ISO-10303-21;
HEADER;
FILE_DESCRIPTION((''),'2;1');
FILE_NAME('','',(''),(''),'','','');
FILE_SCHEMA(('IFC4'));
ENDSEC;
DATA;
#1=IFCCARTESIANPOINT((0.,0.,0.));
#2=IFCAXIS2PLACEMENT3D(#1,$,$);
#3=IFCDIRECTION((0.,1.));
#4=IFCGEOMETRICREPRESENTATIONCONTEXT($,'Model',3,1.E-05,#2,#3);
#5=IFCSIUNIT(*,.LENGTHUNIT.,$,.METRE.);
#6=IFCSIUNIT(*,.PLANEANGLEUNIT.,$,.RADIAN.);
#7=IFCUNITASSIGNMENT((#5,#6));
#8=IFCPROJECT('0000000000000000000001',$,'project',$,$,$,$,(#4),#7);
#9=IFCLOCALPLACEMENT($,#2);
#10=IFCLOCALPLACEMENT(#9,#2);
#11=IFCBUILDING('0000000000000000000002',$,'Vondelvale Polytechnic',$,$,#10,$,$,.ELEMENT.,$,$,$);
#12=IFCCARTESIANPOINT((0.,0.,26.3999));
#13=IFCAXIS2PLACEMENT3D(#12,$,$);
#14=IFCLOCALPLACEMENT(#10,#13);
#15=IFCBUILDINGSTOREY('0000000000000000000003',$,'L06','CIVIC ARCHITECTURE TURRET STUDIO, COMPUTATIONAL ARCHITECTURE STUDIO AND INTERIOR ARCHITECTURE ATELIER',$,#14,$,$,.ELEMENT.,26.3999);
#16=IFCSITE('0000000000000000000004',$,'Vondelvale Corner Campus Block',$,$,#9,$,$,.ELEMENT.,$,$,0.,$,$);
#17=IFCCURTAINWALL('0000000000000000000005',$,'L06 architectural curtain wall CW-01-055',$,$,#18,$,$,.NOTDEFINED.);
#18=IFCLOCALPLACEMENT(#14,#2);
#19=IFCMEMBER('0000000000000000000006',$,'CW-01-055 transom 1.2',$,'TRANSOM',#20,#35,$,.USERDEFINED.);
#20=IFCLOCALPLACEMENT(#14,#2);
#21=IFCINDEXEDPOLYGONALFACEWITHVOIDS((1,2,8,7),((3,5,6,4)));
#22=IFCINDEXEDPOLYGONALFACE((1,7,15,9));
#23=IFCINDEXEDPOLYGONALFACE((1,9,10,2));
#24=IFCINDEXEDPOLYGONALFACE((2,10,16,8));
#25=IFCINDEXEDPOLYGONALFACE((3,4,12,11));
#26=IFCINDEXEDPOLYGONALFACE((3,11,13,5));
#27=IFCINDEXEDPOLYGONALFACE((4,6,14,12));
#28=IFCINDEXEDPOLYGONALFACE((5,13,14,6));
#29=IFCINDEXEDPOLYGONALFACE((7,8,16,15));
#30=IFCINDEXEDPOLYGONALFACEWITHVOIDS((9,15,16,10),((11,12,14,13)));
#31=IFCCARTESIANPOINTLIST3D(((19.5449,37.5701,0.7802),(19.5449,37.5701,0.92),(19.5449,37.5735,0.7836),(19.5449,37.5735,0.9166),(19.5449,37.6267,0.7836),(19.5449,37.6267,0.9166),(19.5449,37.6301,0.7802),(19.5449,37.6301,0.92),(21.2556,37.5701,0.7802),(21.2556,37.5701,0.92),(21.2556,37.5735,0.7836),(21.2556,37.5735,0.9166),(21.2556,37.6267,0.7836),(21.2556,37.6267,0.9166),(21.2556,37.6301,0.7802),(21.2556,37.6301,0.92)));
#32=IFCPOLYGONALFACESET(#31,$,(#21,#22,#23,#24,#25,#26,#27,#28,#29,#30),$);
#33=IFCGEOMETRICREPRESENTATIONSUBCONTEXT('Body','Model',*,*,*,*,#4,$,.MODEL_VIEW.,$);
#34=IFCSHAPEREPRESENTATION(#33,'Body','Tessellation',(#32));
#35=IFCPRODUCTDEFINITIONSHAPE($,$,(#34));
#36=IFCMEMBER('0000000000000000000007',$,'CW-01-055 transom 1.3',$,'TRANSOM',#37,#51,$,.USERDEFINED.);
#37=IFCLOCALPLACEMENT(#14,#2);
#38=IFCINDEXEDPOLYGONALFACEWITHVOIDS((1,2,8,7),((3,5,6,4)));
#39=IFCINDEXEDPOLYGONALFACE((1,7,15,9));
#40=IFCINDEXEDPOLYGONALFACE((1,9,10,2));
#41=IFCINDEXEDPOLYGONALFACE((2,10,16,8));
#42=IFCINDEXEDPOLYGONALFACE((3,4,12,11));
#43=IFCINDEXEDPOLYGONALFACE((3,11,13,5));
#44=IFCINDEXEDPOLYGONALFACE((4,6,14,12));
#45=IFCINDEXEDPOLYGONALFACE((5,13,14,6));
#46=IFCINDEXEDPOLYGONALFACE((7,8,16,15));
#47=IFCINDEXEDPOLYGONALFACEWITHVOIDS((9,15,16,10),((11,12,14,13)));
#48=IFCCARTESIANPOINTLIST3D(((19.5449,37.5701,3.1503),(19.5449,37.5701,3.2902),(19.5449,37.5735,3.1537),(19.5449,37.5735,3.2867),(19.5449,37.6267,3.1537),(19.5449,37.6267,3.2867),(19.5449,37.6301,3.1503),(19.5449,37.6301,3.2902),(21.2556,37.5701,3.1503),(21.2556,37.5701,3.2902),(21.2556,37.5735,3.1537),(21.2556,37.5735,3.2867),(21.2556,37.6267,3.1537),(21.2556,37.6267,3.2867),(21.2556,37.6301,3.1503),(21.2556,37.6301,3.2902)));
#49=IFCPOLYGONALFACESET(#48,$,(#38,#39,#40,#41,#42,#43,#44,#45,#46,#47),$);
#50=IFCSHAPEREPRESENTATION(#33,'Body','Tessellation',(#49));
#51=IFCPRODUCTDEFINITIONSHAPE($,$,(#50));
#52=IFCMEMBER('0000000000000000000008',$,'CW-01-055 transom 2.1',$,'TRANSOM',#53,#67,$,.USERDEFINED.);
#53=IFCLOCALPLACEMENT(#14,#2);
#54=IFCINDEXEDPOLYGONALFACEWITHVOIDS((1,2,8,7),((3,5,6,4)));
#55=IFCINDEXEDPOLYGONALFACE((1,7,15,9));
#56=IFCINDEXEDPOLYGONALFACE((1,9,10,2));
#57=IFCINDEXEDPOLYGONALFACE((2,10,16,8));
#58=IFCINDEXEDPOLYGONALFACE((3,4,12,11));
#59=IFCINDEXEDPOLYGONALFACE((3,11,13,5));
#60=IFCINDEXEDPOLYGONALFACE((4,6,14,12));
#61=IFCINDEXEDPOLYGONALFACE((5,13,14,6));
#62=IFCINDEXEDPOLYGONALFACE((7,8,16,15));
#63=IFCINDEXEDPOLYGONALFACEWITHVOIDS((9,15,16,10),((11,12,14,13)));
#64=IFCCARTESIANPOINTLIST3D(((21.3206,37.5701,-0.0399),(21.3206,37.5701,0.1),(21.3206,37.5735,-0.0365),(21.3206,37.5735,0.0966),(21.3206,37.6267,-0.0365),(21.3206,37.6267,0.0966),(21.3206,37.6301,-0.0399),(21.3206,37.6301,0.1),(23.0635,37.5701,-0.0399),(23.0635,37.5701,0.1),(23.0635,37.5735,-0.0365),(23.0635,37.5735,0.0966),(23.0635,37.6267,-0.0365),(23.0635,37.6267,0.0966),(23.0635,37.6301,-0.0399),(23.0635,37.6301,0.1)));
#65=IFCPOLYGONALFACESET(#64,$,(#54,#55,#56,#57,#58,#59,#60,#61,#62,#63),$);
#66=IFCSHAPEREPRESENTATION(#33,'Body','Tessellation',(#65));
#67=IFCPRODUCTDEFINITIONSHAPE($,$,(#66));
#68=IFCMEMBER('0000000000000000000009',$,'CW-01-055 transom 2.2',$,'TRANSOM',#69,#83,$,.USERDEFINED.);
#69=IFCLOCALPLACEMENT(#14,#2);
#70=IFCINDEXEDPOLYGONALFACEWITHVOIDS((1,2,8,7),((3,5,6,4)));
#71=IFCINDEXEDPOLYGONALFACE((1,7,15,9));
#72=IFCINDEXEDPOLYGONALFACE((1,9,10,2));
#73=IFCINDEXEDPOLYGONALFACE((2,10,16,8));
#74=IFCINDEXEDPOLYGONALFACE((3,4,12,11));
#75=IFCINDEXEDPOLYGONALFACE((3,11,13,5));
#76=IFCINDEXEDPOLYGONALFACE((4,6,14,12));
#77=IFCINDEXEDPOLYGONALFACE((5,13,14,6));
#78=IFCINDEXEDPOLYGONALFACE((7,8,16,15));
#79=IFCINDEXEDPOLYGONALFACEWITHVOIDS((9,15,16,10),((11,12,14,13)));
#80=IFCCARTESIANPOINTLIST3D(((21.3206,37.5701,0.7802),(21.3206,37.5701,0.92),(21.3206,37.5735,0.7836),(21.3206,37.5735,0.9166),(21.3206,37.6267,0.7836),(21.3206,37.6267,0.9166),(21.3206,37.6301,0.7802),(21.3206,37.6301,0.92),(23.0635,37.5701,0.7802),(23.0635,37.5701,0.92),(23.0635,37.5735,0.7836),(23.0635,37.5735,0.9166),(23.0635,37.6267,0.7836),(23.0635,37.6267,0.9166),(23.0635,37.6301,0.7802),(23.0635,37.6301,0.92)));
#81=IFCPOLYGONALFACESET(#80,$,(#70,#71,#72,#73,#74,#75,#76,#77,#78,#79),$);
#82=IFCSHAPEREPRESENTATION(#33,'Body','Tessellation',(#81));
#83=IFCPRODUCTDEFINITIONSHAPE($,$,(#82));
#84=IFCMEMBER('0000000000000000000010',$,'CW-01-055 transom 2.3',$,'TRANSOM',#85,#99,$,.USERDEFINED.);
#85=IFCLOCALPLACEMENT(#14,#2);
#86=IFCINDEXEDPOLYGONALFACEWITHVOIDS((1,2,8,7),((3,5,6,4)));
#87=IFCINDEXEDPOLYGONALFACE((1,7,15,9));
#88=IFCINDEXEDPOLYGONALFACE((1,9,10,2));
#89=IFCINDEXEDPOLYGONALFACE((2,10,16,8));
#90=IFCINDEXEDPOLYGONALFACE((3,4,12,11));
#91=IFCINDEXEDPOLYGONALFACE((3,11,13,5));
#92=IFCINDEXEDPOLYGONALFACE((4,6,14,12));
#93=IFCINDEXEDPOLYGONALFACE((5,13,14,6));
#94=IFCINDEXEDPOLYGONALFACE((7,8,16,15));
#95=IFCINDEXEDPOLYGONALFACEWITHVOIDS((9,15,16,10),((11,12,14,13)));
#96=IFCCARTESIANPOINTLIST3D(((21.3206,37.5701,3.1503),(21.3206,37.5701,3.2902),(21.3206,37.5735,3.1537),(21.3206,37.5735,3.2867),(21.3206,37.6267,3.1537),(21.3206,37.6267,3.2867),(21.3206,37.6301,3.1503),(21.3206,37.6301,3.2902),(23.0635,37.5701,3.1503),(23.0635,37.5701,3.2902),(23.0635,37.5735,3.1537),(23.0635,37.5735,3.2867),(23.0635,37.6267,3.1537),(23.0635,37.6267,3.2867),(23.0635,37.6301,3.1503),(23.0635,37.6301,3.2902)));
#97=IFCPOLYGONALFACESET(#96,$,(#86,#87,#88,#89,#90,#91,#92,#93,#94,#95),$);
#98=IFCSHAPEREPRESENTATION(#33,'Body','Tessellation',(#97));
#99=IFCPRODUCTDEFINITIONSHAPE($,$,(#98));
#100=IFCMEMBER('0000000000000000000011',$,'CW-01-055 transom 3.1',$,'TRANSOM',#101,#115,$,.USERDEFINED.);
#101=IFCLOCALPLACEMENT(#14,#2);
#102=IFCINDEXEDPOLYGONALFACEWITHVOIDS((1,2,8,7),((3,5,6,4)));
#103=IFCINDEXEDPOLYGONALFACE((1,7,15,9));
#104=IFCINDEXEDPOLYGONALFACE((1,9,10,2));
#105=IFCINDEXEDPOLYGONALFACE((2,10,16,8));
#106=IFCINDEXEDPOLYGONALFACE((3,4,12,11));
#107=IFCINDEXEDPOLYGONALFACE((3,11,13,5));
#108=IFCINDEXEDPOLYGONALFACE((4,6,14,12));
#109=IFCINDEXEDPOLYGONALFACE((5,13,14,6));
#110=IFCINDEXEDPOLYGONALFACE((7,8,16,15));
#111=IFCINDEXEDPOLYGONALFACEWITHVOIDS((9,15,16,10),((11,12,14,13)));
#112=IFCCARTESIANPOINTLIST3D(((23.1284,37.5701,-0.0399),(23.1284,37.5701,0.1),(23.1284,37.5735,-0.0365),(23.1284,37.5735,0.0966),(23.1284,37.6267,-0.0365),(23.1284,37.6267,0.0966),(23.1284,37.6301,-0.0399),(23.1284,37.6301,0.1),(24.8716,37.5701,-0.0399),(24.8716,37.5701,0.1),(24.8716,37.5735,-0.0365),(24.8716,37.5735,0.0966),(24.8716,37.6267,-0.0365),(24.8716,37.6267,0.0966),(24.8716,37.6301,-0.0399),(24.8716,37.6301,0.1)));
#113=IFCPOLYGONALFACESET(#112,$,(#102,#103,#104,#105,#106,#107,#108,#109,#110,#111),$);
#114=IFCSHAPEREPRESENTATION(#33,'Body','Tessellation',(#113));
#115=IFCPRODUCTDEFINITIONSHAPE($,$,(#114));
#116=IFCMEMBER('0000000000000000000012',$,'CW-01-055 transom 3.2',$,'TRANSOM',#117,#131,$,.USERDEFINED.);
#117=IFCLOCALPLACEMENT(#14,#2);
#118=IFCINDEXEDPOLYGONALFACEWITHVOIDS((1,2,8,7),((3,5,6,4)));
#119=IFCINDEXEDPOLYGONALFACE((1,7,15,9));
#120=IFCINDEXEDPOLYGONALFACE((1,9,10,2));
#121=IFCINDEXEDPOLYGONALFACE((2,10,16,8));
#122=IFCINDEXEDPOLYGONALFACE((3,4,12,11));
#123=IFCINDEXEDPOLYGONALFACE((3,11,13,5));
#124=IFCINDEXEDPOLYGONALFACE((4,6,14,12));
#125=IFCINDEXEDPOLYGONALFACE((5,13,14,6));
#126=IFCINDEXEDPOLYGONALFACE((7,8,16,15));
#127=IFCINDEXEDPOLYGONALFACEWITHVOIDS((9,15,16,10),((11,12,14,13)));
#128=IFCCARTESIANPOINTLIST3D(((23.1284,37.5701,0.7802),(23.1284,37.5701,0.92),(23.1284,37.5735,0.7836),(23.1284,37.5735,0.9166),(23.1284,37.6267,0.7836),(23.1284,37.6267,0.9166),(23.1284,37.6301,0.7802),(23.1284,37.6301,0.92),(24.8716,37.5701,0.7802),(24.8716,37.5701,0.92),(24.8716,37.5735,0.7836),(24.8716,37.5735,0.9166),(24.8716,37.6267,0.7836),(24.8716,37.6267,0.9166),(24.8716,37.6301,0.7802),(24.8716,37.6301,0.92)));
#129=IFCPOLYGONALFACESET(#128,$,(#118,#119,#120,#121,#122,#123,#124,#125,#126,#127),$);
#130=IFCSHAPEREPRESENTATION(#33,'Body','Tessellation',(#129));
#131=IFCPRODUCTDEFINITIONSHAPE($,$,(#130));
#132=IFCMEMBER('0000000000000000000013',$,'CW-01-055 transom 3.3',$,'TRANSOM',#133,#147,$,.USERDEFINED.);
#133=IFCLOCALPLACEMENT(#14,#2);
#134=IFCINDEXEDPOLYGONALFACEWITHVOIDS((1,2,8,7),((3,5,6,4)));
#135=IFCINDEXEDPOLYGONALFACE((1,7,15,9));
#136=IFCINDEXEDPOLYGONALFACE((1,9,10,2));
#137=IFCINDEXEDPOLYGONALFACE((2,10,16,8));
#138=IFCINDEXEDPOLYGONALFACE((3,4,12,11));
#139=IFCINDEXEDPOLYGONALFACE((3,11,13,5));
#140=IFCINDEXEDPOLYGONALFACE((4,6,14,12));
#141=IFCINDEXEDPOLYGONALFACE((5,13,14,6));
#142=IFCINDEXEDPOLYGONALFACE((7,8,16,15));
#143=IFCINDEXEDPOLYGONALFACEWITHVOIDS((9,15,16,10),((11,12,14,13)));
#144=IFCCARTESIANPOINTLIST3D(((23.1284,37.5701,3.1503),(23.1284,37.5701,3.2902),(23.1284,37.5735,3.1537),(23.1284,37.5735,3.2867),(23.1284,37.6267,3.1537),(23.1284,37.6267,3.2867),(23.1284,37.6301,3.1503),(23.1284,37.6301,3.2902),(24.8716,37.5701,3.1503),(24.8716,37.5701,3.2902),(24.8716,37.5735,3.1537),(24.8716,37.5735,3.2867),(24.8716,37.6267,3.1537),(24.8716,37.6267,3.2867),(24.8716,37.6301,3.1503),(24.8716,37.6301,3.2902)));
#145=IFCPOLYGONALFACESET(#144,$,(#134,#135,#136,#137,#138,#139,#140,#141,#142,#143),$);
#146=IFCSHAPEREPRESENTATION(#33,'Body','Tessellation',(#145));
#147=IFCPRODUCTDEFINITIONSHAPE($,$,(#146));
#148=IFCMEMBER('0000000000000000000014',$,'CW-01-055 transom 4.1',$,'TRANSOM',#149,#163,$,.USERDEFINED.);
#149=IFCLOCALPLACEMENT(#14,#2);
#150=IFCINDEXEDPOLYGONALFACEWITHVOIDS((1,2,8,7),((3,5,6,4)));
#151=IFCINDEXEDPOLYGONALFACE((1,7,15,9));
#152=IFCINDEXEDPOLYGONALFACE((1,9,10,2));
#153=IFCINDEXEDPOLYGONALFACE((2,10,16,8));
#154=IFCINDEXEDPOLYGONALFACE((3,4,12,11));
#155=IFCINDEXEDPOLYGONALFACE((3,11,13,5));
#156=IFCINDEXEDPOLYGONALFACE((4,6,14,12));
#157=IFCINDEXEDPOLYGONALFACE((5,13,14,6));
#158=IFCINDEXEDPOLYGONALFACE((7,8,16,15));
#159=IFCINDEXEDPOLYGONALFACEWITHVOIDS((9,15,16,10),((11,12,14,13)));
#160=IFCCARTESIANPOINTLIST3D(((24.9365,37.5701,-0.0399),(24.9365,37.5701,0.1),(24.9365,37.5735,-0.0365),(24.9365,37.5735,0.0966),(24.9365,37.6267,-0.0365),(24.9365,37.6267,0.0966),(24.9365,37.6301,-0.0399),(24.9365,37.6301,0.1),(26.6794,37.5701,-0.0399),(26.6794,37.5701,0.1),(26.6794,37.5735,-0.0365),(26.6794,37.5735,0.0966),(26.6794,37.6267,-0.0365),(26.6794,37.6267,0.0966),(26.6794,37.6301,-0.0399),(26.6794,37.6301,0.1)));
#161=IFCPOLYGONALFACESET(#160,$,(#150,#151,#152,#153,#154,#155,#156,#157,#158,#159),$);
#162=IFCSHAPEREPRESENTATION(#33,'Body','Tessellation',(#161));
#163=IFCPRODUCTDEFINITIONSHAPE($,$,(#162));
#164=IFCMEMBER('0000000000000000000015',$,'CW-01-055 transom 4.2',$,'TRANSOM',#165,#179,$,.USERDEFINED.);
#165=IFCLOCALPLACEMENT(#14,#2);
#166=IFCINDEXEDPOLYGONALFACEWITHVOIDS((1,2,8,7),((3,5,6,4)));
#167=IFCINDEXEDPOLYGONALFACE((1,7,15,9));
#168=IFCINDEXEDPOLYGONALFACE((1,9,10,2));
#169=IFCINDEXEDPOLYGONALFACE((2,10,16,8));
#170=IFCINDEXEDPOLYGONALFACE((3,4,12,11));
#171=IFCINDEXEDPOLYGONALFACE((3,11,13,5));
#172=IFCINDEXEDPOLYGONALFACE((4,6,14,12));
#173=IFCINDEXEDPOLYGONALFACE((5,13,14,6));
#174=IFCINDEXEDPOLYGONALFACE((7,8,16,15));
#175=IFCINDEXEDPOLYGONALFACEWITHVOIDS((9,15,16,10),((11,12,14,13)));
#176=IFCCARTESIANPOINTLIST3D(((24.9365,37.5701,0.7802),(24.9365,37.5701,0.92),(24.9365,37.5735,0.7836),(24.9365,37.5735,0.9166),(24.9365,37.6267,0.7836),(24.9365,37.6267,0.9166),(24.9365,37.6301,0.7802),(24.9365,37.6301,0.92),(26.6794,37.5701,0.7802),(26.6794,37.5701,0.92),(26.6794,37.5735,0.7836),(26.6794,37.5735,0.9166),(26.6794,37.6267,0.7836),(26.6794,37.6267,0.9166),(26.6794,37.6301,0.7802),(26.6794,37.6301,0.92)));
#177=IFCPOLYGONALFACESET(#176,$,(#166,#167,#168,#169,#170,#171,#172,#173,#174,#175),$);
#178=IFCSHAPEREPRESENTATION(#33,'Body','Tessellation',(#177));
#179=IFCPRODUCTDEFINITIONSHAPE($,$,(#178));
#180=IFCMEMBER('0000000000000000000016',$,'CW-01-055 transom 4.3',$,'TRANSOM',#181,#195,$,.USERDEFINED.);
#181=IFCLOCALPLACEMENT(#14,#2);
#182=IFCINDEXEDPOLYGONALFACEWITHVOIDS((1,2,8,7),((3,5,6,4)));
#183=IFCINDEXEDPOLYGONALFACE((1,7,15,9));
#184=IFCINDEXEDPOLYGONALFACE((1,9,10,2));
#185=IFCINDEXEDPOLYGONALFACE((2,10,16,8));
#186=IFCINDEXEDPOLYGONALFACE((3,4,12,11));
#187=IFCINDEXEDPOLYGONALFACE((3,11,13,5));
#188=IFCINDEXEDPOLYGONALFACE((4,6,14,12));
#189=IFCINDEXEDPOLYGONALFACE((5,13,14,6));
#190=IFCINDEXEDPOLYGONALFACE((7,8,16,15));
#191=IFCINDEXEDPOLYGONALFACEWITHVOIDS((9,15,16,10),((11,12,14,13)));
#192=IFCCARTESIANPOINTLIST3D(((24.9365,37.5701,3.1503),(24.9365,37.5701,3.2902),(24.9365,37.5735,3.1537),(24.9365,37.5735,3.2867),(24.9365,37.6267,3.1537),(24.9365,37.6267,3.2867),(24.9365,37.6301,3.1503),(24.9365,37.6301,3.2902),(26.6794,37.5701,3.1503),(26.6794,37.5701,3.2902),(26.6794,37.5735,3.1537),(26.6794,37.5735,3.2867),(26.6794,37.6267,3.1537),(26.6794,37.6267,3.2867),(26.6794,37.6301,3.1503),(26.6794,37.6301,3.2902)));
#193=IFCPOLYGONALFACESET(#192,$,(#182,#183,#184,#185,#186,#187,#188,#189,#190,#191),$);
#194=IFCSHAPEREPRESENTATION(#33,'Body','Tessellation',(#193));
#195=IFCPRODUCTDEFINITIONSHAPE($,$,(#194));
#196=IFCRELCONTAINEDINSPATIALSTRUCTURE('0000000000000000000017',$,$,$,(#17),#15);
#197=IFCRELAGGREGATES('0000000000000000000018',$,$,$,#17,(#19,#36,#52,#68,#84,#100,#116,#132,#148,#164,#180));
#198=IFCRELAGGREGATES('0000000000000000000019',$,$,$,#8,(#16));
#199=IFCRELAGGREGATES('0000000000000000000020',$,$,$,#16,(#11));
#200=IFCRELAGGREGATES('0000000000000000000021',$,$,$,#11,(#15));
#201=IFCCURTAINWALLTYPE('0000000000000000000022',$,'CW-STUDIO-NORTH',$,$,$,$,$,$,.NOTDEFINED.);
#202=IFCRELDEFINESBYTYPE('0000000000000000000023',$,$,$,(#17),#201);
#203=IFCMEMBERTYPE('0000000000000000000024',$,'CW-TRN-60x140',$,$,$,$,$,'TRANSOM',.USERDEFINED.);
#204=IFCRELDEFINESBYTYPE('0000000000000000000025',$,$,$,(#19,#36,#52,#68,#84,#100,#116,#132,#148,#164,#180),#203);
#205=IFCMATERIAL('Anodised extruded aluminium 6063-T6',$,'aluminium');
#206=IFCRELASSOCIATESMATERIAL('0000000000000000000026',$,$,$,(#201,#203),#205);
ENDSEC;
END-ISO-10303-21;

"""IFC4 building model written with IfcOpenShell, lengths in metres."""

from ifc_helpers import new_model, si_unit, direction, frame, origin, origin_2d, place, context, subcontext, project, spatial, hollow_rectangle, extrude, material, material_profile, profile_set, type_object, element, aggregate, save


model = new_model("IFC4")

# Units and contexts
model_context = context("Model", 3, precision=1e-05, world=origin(), true_north=direction((0.0, 1.0)))
body_context = subcontext(model_context, "Body", "Model", "MODEL_VIEW")
ifc_project = project(units=[si_unit("LENGTHUNIT", "METRE"), si_unit("PLANEANGLEUNIT", "RADIAN")], contexts=[model_context])

# Site, building, storey
site_placement = place(None, origin())
site = spatial("IfcSite", under=ifc_project, at=site_placement, Name="Vondelvale Corner Campus Block", CompositionType="ELEMENT", RefElevation=0.0)
building_placement = place(site_placement, origin())
building = spatial("IfcBuilding", under=site, at=building_placement, Name="Vondelvale Polytechnic", CompositionType="ELEMENT")
storey_placement = place(building_placement, frame((0.0, 0.0, 26.3999)))
storey = spatial("IfcBuildingStorey", under=building, at=storey_placement, Name="L06", Description="CIVIC ARCHITECTURE TURRET STUDIO, COMPUTATIONAL ARCHITECTURE STUDIO AND INTERIOR ARCHITECTURE ATELIER", CompositionType="ELEMENT", Elevation=26.3999)

# Curtain wall
ifc_material_1 = material(Name="Anodised extruded aluminium 6063-T6", Category="aluminium")
curtain_wall_type = type_object("IfcCurtainWallType", Name="CW-STUDIO-NORTH", PredefinedType="NOTDEFINED", material=ifc_material_1)
curtain_wall_1_placement = place(storey_placement, origin())
curtain_wall_1 = element("IfcCurtainWall", 1, at=curtain_wall_1_placement, inside=storey, type_object=curtain_wall_type, Name="L06 architectural curtain wall CW-01-055", PredefinedType="NOTDEFINED")

# Members
ifc_material_profile_1 = material_profile(ifc_material_1, hollow_rectangle(XDim=0.0601, YDim=0.1399, WallThickness=0.0034, at=origin_2d()), Name="CW-TRN-140x60")
ifc_profile_set_1 = profile_set([ifc_material_profile_1], Name="Anodised extruded aluminium 6063-T6")
member_type_1 = type_object("IfcMemberType", Name="CW-TRN-60x140", ElementType="TRANSOM", PredefinedType="USERDEFINED", material=ifc_profile_set_1)
member_1_placement = place(storey_placement, frame((19.5449, 37.6001, 0.8501), z_axis=(1.0, 0.0, 0.0), x_axis=(0.0, 1.0, 0.0)))
member_1 = element("IfcMember", 2, at=member_1_placement, type_object=member_type_1, Name="CW-01-055 transom 1.2", ObjectType="TRANSOM", PredefinedType="USERDEFINED", context=body_context, shape_type="SweptSolid", body=[
    extrude(hollow_rectangle(XDim=0.0601, YDim=0.1399, WallThickness=0.0034, at=origin_2d()), origin(), (0.0, 0.0, 1.0), 1.7107),
])
member_2_placement = place(storey_placement, frame((19.5449, 37.6001, 3.2202), z_axis=(1.0, 0.0, 0.0), x_axis=(0.0, 1.0, 0.0)))
member_2 = element("IfcMember", 3, at=member_2_placement, type_object=member_type_1, Name="CW-01-055 transom 1.3", ObjectType="TRANSOM", PredefinedType="USERDEFINED", context=body_context, shape_type="SweptSolid", body=[
    extrude(hollow_rectangle(XDim=0.0601, YDim=0.1399, WallThickness=0.0034, at=origin_2d()), origin(), (0.0, 0.0, 1.0), 1.7107),
])
member_3_placement = place(storey_placement, frame((21.3206, 37.6001, 0.03), z_axis=(1.0, 0.0, 0.0), x_axis=(0.0, 1.0, 0.0)))
member_3 = element("IfcMember", 4, at=member_3_placement, type_object=member_type_1, Name="CW-01-055 transom 2.1", ObjectType="TRANSOM", PredefinedType="USERDEFINED", context=body_context, shape_type="SweptSolid", body=[
    extrude(hollow_rectangle(XDim=0.0601, YDim=0.1399, WallThickness=0.0034, at=origin_2d()), origin(), (0.0, 0.0, 1.0), 1.7429),
])
member_4_placement = place(storey_placement, frame((21.3206, 37.6001, 0.8501), z_axis=(1.0, 0.0, 0.0), x_axis=(0.0, 1.0, 0.0)))
member_4 = element("IfcMember", 5, at=member_4_placement, type_object=member_type_1, Name="CW-01-055 transom 2.2", ObjectType="TRANSOM", PredefinedType="USERDEFINED", context=body_context, shape_type="SweptSolid", body=[
    extrude(hollow_rectangle(XDim=0.0601, YDim=0.1399, WallThickness=0.0034, at=origin_2d()), origin(), (0.0, 0.0, 1.0), 1.7429),
])
member_5_placement = place(storey_placement, frame((21.3206, 37.6001, 3.2202), z_axis=(1.0, 0.0, 0.0), x_axis=(0.0, 1.0, 0.0)))
member_5 = element("IfcMember", 6, at=member_5_placement, type_object=member_type_1, Name="CW-01-055 transom 2.3", ObjectType="TRANSOM", PredefinedType="USERDEFINED", context=body_context, shape_type="SweptSolid", body=[
    extrude(hollow_rectangle(XDim=0.0601, YDim=0.1399, WallThickness=0.0034, at=origin_2d()), origin(), (0.0, 0.0, 1.0), 1.7429),
])
member_6_placement = place(storey_placement, frame((23.1284, 37.6001, 0.03), z_axis=(1.0, 0.0, 0.0), x_axis=(0.0, 1.0, 0.0)))
member_6 = element("IfcMember", 7, at=member_6_placement, type_object=member_type_1, Name="CW-01-055 transom 3.1", ObjectType="TRANSOM", PredefinedType="USERDEFINED", context=body_context, shape_type="SweptSolid", body=[
    extrude(hollow_rectangle(XDim=0.0601, YDim=0.1399, WallThickness=0.0034, at=origin_2d()), origin(), (0.0, 0.0, 1.0), 1.7432),
])
member_7_placement = place(storey_placement, frame((23.1284, 37.6001, 0.8501), z_axis=(1.0, 0.0, 0.0), x_axis=(0.0, 1.0, 0.0)))
member_7 = element("IfcMember", 8, at=member_7_placement, type_object=member_type_1, Name="CW-01-055 transom 3.2", ObjectType="TRANSOM", PredefinedType="USERDEFINED", context=body_context, shape_type="SweptSolid", body=[
    extrude(hollow_rectangle(XDim=0.0601, YDim=0.1399, WallThickness=0.0034, at=origin_2d()), origin(), (0.0, 0.0, 1.0), 1.7432),
])
member_8_placement = place(storey_placement, frame((23.1284, 37.6001, 3.2202), z_axis=(1.0, 0.0, 0.0), x_axis=(0.0, 1.0, 0.0)))
member_8 = element("IfcMember", 9, at=member_8_placement, type_object=member_type_1, Name="CW-01-055 transom 3.3", ObjectType="TRANSOM", PredefinedType="USERDEFINED", context=body_context, shape_type="SweptSolid", body=[
    extrude(hollow_rectangle(XDim=0.0601, YDim=0.1399, WallThickness=0.0034, at=origin_2d()), origin(), (0.0, 0.0, 1.0), 1.7432),
])
member_9_placement = place(storey_placement, frame((24.9365, 37.6001, 0.03), z_axis=(1.0, 0.0, 0.0), x_axis=(0.0, 1.0, 0.0)))
member_9 = element("IfcMember", 10, at=member_9_placement, type_object=member_type_1, Name="CW-01-055 transom 4.1", ObjectType="TRANSOM", PredefinedType="USERDEFINED", context=body_context, shape_type="SweptSolid", body=[
    extrude(hollow_rectangle(XDim=0.0601, YDim=0.1399, WallThickness=0.0034, at=origin_2d()), origin(), (0.0, 0.0, 1.0), 1.7429),
])
member_10_placement = place(storey_placement, frame((24.9365, 37.6001, 0.8501), z_axis=(1.0, 0.0, 0.0), x_axis=(0.0, 1.0, 0.0)))
member_10 = element("IfcMember", 11, at=member_10_placement, type_object=member_type_1, Name="CW-01-055 transom 4.2", ObjectType="TRANSOM", PredefinedType="USERDEFINED", context=body_context, shape_type="SweptSolid", body=[
    extrude(hollow_rectangle(XDim=0.0601, YDim=0.1399, WallThickness=0.0034, at=origin_2d()), origin(), (0.0, 0.0, 1.0), 1.7429),
])
member_11_placement = place(storey_placement, frame((24.9365, 37.6001, 3.2202), z_axis=(1.0, 0.0, 0.0), x_axis=(0.0, 1.0, 0.0)))
member_11 = element("IfcMember", 12, at=member_11_placement, type_object=member_type_1, Name="CW-01-055 transom 4.3", ObjectType="TRANSOM", PredefinedType="USERDEFINED", context=body_context, shape_type="SweptSolid", body=[
    extrude(hollow_rectangle(XDim=0.0601, YDim=0.1399, WallThickness=0.0034, at=origin_2d()), origin(), (0.0, 0.0, 1.0), 1.7429),
])

aggregate(curtain_wall_1, [member_1, member_2, member_3, member_4, member_5, member_6, member_7, member_8, member_9, member_10, member_11])

save(model, "model.ifc")
